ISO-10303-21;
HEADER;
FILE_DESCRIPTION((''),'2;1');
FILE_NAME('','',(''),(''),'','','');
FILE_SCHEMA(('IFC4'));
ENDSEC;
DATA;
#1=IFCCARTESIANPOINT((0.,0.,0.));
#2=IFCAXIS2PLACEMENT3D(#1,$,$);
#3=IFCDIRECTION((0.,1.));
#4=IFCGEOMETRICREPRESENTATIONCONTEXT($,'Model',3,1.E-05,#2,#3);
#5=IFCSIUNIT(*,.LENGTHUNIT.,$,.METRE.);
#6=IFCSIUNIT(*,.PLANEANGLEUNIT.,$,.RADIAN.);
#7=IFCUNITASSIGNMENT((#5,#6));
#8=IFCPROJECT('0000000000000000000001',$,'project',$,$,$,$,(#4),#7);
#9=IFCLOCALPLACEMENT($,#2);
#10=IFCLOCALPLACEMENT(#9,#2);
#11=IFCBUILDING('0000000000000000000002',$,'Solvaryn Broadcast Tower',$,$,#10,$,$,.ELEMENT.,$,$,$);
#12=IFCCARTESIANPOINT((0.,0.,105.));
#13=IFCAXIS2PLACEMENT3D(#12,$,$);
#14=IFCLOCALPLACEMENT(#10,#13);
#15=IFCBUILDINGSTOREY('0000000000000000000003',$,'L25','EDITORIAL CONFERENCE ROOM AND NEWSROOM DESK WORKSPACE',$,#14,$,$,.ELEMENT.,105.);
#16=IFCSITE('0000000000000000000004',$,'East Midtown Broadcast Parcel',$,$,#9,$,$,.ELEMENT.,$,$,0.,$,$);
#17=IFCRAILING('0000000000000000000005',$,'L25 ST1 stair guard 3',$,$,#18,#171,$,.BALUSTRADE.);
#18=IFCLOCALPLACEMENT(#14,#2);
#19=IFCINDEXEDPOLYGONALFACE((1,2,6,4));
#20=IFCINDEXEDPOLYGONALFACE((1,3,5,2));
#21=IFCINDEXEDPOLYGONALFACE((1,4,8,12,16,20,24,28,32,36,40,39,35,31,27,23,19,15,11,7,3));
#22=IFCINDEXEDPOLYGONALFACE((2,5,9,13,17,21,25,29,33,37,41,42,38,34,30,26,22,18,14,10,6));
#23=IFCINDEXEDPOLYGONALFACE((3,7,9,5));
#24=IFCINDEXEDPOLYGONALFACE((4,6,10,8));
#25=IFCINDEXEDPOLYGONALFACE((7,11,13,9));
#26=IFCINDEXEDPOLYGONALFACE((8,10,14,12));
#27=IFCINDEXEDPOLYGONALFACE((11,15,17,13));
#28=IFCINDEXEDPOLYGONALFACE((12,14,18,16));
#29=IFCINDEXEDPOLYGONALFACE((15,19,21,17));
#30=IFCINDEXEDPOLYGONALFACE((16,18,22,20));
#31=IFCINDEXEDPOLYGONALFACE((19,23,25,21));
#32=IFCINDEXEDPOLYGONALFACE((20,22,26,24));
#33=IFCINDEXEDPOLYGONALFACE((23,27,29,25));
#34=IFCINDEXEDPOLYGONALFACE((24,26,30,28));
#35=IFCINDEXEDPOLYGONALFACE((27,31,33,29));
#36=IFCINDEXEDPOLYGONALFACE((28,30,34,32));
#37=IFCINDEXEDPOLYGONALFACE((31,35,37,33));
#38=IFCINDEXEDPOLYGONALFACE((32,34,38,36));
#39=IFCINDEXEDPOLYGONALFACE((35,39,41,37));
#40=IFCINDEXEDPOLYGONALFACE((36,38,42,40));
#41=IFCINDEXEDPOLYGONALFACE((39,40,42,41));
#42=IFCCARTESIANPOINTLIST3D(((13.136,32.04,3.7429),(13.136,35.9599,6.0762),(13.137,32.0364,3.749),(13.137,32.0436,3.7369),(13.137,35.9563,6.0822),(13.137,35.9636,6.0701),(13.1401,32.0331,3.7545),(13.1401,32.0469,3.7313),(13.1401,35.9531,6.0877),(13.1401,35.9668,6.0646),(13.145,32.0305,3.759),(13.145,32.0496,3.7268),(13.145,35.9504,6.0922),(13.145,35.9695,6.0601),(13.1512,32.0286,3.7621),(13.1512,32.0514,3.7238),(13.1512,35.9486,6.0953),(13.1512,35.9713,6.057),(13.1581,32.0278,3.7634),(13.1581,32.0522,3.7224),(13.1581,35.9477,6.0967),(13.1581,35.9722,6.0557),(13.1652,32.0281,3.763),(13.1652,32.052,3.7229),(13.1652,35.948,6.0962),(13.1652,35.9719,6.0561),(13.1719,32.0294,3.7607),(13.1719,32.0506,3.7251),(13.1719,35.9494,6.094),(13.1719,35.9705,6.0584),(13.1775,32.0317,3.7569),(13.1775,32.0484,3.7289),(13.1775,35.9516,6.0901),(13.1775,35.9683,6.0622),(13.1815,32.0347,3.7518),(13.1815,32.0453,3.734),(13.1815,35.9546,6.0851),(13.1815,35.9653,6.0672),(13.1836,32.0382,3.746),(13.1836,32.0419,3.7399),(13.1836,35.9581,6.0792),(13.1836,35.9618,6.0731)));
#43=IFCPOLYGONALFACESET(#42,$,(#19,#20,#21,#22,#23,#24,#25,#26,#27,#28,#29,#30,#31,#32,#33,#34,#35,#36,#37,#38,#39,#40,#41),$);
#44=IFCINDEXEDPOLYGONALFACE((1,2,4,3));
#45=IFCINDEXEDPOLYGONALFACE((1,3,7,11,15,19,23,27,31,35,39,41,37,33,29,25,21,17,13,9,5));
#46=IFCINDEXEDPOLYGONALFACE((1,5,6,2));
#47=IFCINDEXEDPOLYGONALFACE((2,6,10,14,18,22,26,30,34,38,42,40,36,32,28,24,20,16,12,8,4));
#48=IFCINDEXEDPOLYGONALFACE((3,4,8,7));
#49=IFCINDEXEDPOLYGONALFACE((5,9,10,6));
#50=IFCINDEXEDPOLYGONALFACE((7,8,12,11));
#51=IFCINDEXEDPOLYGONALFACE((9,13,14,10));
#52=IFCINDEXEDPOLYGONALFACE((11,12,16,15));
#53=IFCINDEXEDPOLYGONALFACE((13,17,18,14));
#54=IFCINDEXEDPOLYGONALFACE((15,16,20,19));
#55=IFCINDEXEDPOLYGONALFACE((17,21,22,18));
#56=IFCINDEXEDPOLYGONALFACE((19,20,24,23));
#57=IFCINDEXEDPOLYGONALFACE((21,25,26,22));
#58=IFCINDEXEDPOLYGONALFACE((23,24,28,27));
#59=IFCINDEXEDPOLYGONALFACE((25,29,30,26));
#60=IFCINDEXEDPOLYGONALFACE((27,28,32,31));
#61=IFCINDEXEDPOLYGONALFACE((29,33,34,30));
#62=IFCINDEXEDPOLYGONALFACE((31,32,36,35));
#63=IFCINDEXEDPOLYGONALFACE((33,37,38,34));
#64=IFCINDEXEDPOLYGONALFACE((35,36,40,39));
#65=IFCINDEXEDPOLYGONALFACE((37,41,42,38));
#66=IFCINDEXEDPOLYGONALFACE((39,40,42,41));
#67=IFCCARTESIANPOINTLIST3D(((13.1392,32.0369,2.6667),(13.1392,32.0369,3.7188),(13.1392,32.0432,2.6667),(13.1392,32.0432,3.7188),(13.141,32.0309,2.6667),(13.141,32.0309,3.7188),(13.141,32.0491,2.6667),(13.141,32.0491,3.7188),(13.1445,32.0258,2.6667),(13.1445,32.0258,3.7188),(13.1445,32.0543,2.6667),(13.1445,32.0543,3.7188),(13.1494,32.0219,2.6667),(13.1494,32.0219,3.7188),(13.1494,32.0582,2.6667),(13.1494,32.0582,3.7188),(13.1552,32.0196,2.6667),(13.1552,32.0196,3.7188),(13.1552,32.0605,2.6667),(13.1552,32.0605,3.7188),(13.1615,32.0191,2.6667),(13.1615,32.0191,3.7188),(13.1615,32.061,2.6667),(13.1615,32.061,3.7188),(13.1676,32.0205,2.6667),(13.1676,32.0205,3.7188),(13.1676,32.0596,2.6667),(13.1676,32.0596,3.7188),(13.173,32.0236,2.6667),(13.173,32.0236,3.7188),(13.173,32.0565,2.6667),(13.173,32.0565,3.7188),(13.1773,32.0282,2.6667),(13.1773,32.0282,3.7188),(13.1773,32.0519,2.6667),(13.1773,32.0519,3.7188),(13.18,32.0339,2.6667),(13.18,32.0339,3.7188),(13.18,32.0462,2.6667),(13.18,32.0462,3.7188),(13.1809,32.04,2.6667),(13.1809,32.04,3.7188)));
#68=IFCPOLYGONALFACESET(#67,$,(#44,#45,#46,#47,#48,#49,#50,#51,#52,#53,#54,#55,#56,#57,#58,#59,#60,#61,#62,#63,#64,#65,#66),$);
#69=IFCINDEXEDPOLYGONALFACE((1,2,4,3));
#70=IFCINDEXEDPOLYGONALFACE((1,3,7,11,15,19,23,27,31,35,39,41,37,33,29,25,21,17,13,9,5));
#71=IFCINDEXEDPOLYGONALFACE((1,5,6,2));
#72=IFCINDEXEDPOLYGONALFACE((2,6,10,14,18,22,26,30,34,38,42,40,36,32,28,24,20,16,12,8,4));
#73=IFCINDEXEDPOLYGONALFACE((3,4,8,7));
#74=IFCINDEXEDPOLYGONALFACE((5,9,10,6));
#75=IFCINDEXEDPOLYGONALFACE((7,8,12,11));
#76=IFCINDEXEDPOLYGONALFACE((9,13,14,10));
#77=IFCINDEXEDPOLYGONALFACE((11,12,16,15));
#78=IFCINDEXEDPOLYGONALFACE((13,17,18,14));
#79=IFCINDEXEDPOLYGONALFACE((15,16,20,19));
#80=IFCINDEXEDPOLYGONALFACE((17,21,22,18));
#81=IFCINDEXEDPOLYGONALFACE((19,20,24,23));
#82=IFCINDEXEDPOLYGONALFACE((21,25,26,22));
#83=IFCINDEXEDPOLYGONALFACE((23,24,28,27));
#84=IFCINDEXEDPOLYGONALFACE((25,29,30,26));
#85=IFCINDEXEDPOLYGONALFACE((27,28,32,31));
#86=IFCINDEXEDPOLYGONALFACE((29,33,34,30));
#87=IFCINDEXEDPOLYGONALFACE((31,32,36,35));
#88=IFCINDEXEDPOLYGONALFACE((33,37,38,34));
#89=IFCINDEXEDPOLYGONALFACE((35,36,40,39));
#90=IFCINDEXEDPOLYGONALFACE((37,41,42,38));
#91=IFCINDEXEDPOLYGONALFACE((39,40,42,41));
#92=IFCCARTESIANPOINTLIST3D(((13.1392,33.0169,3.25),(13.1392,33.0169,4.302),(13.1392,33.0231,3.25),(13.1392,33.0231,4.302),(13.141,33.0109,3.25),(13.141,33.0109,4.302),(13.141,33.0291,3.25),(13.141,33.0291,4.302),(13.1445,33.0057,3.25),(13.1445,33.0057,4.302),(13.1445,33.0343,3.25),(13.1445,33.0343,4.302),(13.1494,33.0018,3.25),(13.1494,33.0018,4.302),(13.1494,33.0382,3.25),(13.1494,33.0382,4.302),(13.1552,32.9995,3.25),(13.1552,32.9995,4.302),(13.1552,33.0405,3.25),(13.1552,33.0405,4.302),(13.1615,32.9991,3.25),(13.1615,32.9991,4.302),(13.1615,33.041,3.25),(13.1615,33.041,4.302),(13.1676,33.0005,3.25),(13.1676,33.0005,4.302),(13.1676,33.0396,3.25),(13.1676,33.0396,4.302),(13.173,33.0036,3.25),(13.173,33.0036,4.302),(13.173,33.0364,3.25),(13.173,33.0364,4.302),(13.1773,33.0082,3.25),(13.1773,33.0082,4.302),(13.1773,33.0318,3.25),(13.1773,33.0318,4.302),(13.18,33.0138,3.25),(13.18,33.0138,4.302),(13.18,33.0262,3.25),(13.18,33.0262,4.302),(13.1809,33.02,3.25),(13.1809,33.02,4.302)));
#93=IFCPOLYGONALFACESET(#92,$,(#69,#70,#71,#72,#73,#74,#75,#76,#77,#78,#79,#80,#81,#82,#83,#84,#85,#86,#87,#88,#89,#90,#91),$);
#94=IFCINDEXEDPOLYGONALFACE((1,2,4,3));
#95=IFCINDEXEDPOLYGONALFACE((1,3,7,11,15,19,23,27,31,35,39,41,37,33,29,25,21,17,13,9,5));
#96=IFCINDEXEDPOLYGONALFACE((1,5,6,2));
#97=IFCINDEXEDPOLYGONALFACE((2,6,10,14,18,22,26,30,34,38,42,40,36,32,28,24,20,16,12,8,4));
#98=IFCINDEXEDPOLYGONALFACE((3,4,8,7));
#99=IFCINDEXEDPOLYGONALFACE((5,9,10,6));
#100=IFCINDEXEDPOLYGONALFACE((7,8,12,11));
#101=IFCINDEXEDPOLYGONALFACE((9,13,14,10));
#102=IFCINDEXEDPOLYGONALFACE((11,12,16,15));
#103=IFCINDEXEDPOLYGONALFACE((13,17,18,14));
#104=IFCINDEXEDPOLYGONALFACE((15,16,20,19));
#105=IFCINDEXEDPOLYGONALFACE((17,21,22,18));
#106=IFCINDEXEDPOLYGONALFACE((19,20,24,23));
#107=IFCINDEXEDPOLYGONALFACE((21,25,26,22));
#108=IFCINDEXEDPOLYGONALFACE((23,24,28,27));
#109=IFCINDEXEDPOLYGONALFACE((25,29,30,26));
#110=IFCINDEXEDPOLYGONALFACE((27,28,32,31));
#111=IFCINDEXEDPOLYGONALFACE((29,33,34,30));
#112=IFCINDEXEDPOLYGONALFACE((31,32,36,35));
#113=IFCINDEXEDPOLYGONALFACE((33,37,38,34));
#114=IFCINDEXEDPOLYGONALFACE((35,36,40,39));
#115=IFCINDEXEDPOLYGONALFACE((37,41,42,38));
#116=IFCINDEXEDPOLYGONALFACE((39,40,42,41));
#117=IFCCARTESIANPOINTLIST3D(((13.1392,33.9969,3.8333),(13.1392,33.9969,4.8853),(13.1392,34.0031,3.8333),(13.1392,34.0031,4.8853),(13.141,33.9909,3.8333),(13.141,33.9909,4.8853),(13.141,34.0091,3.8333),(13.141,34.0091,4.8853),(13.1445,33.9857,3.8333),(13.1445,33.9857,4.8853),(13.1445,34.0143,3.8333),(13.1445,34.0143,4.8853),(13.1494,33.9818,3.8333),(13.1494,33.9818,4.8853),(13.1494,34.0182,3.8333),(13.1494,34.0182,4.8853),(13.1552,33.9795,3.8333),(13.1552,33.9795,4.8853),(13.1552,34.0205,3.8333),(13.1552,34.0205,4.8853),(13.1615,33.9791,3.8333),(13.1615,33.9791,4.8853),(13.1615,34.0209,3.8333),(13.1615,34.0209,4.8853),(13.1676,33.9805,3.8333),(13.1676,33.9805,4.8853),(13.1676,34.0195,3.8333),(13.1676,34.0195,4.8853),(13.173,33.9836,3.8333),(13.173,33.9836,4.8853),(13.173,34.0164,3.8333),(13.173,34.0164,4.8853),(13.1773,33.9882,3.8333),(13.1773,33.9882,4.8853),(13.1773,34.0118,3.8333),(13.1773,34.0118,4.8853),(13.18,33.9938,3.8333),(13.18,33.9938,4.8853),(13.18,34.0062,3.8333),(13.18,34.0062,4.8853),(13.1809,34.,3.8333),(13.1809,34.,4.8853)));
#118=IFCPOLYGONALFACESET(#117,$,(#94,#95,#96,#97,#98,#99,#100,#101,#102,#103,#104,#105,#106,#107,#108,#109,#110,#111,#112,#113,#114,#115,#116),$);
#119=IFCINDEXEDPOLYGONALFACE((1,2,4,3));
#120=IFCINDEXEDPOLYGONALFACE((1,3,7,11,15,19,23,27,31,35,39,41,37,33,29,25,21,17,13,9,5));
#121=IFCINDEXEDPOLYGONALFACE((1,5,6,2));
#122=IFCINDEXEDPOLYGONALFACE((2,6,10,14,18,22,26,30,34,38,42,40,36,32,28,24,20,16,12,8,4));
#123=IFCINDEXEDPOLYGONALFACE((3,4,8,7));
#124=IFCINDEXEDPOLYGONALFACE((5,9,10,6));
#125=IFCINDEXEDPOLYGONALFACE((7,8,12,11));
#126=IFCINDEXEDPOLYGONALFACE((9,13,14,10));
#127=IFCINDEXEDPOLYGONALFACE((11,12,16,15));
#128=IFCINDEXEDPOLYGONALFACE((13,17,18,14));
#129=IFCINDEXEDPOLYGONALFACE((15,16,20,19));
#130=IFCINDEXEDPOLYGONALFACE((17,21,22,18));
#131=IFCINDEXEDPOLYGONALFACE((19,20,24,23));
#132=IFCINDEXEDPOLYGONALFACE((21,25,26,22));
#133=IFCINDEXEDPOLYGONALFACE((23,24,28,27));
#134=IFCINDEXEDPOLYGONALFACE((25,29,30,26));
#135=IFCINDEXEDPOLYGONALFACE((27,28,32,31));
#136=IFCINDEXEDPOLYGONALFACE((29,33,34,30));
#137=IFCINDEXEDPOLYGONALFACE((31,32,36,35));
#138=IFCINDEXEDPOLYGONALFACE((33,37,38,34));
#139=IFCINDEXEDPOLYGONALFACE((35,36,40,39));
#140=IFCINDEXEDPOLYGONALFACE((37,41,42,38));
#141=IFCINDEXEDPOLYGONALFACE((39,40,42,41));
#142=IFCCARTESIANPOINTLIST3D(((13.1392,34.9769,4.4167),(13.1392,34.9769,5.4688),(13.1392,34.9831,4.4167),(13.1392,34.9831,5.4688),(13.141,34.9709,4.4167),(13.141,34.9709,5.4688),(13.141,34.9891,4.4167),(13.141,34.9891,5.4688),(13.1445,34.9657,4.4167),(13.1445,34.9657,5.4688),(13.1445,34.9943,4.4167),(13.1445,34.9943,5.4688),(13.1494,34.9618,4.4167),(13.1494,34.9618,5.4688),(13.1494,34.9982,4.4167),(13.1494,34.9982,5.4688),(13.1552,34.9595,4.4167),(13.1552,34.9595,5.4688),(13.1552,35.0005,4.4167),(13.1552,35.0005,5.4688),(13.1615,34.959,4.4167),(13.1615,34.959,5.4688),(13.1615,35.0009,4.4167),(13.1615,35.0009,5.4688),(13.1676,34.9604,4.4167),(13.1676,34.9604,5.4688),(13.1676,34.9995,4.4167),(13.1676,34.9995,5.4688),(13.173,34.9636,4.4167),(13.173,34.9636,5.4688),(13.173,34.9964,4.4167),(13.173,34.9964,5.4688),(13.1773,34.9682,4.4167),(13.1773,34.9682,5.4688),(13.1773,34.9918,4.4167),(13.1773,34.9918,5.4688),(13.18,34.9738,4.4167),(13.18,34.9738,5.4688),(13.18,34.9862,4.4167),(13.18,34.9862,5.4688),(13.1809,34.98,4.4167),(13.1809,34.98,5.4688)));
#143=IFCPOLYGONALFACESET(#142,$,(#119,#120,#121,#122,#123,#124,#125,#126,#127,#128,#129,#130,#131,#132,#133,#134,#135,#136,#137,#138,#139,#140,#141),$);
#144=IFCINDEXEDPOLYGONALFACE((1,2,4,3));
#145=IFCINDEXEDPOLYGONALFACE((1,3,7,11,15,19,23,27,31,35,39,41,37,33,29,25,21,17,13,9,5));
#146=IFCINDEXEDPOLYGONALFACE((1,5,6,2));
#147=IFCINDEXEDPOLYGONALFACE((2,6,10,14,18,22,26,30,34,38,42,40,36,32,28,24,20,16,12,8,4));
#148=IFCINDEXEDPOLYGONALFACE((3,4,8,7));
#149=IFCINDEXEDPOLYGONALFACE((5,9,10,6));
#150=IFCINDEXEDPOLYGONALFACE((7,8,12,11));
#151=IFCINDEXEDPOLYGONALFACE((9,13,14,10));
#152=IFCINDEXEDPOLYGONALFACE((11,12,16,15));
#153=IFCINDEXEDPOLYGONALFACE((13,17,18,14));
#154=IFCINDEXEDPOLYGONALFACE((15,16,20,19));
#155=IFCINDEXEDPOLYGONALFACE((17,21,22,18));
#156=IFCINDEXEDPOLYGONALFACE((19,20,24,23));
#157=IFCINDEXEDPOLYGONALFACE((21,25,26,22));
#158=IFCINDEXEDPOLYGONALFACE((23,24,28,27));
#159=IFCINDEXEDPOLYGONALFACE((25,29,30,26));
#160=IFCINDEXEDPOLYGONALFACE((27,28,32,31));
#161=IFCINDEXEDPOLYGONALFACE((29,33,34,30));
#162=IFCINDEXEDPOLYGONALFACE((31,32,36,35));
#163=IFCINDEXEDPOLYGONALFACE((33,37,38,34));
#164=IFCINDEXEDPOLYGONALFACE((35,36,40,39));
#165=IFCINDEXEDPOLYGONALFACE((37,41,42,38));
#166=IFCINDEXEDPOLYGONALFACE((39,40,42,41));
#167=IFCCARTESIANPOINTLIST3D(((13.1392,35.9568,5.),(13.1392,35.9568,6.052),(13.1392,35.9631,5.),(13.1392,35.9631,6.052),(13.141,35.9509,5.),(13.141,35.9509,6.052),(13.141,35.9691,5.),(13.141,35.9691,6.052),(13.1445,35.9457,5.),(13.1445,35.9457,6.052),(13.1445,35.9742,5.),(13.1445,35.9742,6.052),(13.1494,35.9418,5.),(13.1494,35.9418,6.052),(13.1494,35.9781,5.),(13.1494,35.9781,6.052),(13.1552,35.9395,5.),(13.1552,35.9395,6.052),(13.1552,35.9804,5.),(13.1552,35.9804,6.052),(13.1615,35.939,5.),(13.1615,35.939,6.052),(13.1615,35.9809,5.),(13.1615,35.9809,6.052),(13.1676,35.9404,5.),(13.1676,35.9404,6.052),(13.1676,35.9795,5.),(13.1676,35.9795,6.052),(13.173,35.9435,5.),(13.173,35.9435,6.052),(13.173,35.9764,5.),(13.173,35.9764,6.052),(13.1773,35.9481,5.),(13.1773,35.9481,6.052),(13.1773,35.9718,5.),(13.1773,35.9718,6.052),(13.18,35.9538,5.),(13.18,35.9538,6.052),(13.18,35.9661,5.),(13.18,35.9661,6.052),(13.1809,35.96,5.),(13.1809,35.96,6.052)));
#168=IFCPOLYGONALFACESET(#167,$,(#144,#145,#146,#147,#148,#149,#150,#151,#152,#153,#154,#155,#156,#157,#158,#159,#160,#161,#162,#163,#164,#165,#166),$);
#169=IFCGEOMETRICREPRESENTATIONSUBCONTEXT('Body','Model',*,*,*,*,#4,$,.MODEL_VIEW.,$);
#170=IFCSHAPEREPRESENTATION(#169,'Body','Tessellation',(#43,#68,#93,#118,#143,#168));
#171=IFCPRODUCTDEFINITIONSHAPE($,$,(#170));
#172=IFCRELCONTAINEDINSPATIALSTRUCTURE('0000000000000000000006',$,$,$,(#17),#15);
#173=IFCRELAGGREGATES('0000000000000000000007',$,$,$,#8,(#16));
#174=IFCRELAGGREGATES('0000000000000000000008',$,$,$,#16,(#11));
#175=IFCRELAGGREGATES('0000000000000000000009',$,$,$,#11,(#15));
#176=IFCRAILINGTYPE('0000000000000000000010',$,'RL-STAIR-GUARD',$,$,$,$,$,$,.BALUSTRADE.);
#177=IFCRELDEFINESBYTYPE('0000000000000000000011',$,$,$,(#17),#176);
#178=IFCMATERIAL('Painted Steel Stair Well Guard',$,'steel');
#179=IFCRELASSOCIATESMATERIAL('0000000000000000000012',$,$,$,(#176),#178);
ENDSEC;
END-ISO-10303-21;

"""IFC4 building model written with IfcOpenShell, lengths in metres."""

from ifc_helpers import new_model, si_unit, direction, frame, origin, origin_2d, place, context, subcontext, project, spatial, circle, extrude, material, type_object, element, save


model = new_model("IFC4")

# Units and contexts
model_context = context("Model", 3, precision=1e-05, world=origin(), true_north=direction((0.0, 1.0)))
body_context = subcontext(model_context, "Body", "Model", "MODEL_VIEW")
ifc_project = project(units=[si_unit("LENGTHUNIT", "METRE"), si_unit("PLANEANGLEUNIT", "RADIAN")], contexts=[model_context])

# Site, building, storey
site_placement = place(None, origin())
site = spatial("IfcSite", under=ifc_project, at=site_placement, Name="East Midtown Broadcast Parcel", CompositionType="ELEMENT", RefElevation=0.0)
building_placement = place(site_placement, origin())
building = spatial("IfcBuilding", under=site, at=building_placement, Name="Solvaryn Broadcast Tower", CompositionType="ELEMENT")
storey_placement = place(building_placement, frame((0.0, 0.0, 105.0)))
storey = spatial("IfcBuildingStorey", under=building, at=storey_placement, Name="L25", Description="EDITORIAL CONFERENCE ROOM AND NEWSROOM DESK WORKSPACE", CompositionType="ELEMENT", Elevation=105.0)

# Railing
ifc_material_1 = material(Name="Painted Steel Stair Well Guard", Category="steel")
railing_type_1 = type_object("IfcRailingType", Name="RL-STAIR-GUARD", PredefinedType="BALUSTRADE", material=ifc_material_1)
railing_1_placement = place(storey_placement, frame((13.1599, 32.04, 2.6667)))
element("IfcRailing", 1, at=railing_1_placement, inside=storey, type_object=railing_type_1, Name="L25 ST1 stair guard 3", PredefinedType="BALUSTRADE", context=body_context, shape_type="SweptSolid", body=[
    extrude(circle(Radius=0.0239, at=origin_2d()), frame((0.0, 0.0, 1.0762), z_axis=(0.0, 0.859296, 0.511478), x_axis=(-1.0, 0.0, 0.0)), (0.0, 0.0, 1.0), 4.5618),
    extrude(circle(Radius=0.021, at=origin_2d()), origin(), (0.0, 0.0, 1.0), 1.052),
    extrude(circle(Radius=0.021, at=origin_2d()), frame((0.0, 0.98, 0.5833)), (0.0, 0.0, 1.0), 1.052),
    extrude(circle(Radius=0.021, at=origin_2d()), frame((0.0, 1.96, 1.1665)), (0.0, 0.0, 1.0), 1.052),
    extrude(circle(Radius=0.021, at=origin_2d()), frame((0.0, 2.9399, 1.75)), (0.0, 0.0, 1.0), 1.052),
    extrude(circle(Radius=0.021, at=origin_2d()), frame((0.0, 3.9199, 2.3333)), (0.0, 0.0, 1.0), 1.052),
])

save(model, "model.ifc")
